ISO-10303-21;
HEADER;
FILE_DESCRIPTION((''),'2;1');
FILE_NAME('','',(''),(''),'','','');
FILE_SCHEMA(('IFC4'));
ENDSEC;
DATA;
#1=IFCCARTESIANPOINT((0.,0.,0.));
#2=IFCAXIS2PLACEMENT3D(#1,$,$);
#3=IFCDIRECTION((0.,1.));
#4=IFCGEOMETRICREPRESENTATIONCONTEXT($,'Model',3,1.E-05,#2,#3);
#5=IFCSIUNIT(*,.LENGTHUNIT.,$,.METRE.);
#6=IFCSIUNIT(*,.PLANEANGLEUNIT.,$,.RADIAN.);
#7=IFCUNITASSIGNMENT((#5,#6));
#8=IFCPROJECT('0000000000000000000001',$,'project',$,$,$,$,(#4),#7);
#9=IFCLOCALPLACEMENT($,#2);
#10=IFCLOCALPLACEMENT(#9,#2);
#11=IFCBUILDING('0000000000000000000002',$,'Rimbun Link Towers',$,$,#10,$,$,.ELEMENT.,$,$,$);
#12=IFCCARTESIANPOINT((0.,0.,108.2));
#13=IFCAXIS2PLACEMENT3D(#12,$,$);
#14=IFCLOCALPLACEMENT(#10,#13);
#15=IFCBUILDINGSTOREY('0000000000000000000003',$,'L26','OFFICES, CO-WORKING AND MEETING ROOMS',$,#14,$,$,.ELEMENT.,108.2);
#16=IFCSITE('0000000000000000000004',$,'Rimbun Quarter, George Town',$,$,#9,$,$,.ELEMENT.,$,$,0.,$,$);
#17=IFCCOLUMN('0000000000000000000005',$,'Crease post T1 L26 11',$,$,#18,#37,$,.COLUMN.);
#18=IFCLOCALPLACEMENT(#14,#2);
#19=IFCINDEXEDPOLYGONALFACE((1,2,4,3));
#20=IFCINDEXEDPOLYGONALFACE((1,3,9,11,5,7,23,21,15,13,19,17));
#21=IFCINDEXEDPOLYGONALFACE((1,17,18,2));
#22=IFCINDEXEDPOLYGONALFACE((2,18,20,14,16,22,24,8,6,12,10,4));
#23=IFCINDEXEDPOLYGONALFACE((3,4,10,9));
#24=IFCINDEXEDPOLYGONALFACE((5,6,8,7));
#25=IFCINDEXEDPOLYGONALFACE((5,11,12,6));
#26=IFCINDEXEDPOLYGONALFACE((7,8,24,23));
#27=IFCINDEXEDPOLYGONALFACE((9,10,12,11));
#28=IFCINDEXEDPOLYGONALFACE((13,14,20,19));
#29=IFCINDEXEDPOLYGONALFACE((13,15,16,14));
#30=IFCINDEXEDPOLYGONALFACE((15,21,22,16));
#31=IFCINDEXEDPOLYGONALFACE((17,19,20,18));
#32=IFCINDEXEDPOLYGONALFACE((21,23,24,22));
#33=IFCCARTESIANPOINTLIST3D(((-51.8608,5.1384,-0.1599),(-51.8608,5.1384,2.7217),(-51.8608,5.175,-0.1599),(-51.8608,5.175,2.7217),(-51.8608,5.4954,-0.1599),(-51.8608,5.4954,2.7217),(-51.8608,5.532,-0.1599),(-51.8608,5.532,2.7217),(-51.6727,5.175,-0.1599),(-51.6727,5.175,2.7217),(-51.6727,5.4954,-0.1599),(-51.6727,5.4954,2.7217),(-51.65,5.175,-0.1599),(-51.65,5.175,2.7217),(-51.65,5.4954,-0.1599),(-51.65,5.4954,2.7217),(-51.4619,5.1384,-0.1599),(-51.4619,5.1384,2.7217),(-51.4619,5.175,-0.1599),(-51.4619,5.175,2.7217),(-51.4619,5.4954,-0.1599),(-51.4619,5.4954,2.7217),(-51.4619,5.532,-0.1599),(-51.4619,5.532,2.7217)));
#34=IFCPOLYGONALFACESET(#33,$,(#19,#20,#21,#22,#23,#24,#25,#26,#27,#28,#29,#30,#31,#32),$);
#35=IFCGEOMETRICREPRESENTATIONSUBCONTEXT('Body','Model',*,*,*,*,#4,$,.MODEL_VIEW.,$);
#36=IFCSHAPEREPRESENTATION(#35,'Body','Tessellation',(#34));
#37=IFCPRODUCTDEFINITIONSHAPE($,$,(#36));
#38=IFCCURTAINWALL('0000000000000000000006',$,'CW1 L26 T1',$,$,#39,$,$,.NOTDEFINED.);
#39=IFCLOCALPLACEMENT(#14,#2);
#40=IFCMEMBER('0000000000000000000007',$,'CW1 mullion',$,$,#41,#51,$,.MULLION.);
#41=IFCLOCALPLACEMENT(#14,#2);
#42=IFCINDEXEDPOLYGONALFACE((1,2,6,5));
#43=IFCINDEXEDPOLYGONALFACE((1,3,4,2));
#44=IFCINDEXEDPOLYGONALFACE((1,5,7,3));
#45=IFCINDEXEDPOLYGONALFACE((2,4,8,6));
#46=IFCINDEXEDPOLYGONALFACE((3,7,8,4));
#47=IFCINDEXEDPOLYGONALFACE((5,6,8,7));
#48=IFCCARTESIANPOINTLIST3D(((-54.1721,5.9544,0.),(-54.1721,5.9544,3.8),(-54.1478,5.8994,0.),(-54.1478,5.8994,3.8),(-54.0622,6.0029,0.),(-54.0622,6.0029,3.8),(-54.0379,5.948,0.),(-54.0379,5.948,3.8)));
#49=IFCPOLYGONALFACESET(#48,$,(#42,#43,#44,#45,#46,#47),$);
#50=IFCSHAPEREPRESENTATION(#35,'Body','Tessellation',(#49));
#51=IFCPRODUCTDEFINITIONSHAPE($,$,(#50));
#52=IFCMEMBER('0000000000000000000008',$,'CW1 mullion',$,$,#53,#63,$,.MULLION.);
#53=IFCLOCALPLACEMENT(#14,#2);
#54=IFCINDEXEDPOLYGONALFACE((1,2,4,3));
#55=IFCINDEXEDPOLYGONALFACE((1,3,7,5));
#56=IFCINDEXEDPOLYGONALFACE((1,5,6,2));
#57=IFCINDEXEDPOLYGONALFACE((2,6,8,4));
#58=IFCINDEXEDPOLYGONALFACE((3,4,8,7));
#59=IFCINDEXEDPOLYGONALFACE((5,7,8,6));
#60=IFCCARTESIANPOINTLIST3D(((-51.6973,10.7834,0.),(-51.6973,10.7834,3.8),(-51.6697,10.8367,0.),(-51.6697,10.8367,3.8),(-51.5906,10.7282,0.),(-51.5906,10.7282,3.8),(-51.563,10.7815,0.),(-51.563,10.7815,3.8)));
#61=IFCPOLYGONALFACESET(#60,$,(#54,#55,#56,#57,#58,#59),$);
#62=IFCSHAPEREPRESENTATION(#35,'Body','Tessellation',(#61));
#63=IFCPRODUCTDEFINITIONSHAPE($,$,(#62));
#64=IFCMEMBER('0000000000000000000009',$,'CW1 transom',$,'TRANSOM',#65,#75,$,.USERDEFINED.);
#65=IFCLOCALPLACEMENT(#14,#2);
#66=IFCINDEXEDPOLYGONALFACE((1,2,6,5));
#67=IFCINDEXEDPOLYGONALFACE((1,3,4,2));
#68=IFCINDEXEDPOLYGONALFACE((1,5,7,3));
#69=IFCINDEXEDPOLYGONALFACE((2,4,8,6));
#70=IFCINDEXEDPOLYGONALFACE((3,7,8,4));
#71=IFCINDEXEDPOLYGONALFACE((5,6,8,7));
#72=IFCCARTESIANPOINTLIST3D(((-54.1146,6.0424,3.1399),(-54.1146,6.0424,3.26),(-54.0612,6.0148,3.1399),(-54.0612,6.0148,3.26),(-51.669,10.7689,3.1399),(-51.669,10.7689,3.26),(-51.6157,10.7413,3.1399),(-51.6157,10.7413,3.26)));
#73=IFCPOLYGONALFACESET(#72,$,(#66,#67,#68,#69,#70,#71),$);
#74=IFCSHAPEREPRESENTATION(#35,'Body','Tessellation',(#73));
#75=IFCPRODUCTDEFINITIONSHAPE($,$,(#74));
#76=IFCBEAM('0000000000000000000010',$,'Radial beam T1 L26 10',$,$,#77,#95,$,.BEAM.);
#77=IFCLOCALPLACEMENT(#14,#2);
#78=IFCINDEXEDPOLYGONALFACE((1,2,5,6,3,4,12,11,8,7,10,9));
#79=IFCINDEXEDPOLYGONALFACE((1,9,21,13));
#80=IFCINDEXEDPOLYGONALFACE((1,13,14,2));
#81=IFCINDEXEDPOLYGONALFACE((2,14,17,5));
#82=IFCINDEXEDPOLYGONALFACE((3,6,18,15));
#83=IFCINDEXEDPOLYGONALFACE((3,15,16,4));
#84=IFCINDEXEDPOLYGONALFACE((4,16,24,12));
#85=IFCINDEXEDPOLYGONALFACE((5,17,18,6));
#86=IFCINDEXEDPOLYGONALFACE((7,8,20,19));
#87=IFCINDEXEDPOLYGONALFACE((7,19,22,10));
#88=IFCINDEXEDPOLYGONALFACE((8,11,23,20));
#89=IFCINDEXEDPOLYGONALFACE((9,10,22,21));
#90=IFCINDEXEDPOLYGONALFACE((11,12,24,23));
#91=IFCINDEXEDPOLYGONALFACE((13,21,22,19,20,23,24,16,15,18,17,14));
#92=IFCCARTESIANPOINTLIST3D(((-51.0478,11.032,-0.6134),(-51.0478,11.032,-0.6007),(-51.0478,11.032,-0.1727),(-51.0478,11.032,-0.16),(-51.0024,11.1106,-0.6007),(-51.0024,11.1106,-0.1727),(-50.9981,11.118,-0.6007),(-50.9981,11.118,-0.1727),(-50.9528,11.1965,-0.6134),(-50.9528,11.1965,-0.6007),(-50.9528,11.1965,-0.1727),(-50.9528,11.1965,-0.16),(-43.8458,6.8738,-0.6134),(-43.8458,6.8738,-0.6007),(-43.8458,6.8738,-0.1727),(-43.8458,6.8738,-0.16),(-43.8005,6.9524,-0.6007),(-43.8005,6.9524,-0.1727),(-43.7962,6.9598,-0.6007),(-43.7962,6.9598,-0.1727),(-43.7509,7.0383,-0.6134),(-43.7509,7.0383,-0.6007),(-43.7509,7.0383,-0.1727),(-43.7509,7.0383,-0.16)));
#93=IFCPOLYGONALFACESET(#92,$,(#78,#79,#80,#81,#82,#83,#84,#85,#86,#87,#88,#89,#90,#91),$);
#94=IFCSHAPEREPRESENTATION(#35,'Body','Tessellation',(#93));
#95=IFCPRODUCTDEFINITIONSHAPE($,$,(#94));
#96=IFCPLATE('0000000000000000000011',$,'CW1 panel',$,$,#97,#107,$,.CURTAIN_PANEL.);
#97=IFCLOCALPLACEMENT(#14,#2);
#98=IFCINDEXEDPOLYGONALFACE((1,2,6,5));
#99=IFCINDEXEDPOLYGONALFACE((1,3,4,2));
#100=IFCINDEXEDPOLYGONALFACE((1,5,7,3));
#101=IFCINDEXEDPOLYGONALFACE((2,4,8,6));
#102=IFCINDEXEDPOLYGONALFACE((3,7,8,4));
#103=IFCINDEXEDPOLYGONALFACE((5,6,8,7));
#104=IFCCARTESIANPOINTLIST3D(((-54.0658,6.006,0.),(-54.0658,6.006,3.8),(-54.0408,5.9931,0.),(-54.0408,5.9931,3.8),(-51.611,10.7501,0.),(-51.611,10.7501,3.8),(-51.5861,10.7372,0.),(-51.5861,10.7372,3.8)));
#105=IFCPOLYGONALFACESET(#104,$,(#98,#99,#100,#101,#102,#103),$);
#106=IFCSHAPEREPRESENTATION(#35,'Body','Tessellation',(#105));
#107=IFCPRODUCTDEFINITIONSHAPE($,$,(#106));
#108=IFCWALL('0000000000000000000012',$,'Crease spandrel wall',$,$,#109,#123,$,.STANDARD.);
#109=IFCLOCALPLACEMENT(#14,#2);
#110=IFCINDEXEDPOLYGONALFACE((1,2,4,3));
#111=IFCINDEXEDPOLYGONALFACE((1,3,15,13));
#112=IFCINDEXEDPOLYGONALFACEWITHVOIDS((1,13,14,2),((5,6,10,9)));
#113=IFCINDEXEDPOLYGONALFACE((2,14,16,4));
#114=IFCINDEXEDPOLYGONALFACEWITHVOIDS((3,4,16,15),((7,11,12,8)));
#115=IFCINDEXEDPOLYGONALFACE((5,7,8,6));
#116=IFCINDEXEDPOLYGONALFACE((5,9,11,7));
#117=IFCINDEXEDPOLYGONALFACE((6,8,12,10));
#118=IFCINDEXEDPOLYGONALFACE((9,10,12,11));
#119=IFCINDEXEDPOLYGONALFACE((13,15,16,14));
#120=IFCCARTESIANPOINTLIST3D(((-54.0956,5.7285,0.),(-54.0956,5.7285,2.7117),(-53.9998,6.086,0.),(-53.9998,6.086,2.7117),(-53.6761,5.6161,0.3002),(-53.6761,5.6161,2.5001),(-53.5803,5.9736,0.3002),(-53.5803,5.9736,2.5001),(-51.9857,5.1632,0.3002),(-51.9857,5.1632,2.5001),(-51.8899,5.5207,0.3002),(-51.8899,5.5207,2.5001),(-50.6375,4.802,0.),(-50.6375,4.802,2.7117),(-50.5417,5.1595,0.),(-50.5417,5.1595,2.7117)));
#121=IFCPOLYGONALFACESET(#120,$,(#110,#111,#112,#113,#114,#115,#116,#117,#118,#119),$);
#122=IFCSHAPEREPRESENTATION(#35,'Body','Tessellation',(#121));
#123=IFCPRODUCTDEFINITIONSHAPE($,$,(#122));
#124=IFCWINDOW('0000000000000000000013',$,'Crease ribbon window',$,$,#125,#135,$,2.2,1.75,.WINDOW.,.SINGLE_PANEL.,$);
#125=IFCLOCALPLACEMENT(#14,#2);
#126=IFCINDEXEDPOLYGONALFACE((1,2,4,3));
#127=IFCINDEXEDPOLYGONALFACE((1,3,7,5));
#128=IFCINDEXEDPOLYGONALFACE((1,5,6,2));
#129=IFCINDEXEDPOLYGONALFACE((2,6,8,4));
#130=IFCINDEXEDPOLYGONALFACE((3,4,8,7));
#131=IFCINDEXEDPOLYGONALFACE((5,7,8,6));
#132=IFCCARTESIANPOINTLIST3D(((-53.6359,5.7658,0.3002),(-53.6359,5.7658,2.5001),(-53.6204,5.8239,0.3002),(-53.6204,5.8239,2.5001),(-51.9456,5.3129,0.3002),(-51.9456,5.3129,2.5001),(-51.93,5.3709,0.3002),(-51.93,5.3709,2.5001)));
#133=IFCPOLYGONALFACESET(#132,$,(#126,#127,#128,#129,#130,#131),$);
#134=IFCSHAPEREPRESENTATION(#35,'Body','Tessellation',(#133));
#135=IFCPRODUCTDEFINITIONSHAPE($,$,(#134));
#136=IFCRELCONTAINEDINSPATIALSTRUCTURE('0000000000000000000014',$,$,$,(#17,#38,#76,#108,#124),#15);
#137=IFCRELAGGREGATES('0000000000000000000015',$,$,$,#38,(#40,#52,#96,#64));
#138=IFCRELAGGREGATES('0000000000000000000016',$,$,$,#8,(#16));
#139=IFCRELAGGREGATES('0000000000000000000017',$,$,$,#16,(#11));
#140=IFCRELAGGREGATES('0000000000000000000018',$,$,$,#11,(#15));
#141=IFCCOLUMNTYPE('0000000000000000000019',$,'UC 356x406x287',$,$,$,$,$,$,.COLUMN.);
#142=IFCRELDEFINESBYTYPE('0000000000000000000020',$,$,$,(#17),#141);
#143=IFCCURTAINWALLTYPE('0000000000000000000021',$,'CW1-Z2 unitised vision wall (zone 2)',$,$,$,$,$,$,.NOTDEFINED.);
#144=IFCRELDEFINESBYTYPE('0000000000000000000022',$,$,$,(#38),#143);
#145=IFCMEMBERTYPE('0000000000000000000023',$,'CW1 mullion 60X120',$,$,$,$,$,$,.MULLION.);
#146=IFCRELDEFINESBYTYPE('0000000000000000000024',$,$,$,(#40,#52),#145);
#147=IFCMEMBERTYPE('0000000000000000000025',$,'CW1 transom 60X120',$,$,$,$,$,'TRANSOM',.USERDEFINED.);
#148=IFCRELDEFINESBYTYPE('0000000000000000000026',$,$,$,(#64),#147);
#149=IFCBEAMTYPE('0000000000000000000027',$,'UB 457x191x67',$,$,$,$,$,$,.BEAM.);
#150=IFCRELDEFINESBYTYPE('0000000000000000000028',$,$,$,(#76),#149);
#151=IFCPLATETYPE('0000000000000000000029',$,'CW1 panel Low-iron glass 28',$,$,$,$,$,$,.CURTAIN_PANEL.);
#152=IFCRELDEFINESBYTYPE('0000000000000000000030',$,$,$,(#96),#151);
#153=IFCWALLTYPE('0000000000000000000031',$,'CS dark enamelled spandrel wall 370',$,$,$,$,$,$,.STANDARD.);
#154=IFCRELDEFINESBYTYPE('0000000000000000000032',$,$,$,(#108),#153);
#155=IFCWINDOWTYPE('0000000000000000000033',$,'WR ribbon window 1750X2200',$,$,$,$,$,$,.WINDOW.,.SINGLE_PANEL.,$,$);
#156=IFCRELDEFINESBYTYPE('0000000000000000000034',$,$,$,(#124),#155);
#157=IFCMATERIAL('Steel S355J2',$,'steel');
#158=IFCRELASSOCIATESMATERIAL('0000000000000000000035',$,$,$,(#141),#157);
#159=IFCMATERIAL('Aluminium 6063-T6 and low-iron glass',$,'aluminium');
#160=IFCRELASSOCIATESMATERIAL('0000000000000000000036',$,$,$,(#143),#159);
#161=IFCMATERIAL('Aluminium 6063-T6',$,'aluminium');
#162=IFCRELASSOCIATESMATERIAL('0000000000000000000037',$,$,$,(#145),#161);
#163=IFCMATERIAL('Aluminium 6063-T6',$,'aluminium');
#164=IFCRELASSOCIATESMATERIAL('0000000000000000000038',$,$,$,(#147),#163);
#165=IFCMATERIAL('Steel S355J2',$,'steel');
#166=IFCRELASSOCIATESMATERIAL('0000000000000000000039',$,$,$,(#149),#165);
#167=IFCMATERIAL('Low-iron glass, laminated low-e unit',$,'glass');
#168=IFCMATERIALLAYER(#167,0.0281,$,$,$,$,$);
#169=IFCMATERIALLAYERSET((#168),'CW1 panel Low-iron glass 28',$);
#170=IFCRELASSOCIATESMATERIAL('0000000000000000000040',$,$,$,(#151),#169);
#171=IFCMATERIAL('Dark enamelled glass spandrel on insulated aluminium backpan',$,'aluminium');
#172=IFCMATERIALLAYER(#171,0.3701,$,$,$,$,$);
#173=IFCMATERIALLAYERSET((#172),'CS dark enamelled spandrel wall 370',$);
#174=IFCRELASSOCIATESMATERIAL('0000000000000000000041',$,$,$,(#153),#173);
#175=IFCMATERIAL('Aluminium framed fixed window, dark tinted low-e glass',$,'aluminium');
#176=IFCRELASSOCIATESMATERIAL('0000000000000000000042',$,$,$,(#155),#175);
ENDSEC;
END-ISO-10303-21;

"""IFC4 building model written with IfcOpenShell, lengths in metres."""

from ifc_helpers import new_model, si_unit, direction, frame, frame_2d, origin, origin_2d, place, context, subcontext, project, spatial, rectangle, i_section, extrude, material, layer, layer_set, material_profile, profile_set, type_object, element, fill, aggregate, save


model = new_model("IFC4")

# Units and contexts
model_context = context("Model", 3, precision=1e-05, world=origin(), true_north=direction((0.0, 1.0)))
body_context = subcontext(model_context, "Body", "Model", "MODEL_VIEW")
ifc_project = project(units=[si_unit("LENGTHUNIT", "METRE"), si_unit("PLANEANGLEUNIT", "RADIAN")], contexts=[model_context])

# Site, building, storey
site_placement = place(None, origin())
site = spatial("IfcSite", under=ifc_project, at=site_placement, Name="Rimbun Quarter, George Town", CompositionType="ELEMENT", RefElevation=0.0)
building_placement = place(site_placement, origin())
building = spatial("IfcBuilding", under=site, at=building_placement, Name="Rimbun Link Towers", CompositionType="ELEMENT")
storey_placement = place(building_placement, frame((0.0, 0.0, 108.2)))
storey = spatial("IfcBuildingStorey", under=building, at=storey_placement, Name="L26", Description="OFFICES, CO-WORKING AND MEETING ROOMS", CompositionType="ELEMENT", Elevation=108.2)

# Column
ifc_material_1 = material(Name="Steel S355J2", Category="steel")
ifc_material_profile_1 = material_profile(ifc_material_1, i_section(OverallWidth=0.3989, OverallDepth=0.3936, WebThickness=0.0227, FlangeThickness=0.0366, at=origin_2d()), Name="UC 356x406x287")
ifc_profile_set_1 = profile_set([ifc_material_profile_1], Name="Steel S355J2")
column_type = type_object("IfcColumnType", Name="UC 356x406x287", PredefinedType="COLUMN", material=ifc_profile_set_1)
column_placement = place(storey_placement, frame((-51.6614, 5.3352, -0.1599), z_axis=(0.0, 0.0, 1.0), x_axis=(1.0, 0.0, 0.0)))
element("IfcColumn", 1, at=column_placement, inside=storey, type_object=column_type, Name="Crease post T1 L26 11", PredefinedType="COLUMN", context=body_context, shape_type="SweptSolid", body=[
    extrude(i_section(OverallWidth=0.3989, OverallDepth=0.3936, WebThickness=0.0227, FlangeThickness=0.0366, at=origin_2d()), origin(), (0.0, 0.0, 1.0), 2.8816),
])

# Curtain wall, members
ifc_material_2 = material(Name="Aluminium 6063-T6 and low-iron glass", Category="aluminium")
curtain_wall_type = type_object("IfcCurtainWallType", Name="CW1-Z2 unitised vision wall (zone 2)", PredefinedType="NOTDEFINED", material=ifc_material_2)
curtain_wall_placement = place(storey_placement, origin())
curtain_wall = element("IfcCurtainWall", 2, at=curtain_wall_placement, inside=storey, type_object=curtain_wall_type, Name="CW1 L26 T1", PredefinedType="NOTDEFINED")
ifc_material_3 = material(Name="Aluminium 6063-T6", Category="aluminium")
ifc_material_profile_2 = material_profile(ifc_material_3, rectangle(XDim=0.1201, YDim=0.0601, at=origin_2d()), Name="MULLION 60X120")
ifc_profile_set_2 = profile_set([ifc_material_profile_2], Name="Aluminium 6063-T6")
member_type_1 = type_object("IfcMemberType", Name="CW1 mullion 60X120", PredefinedType="MULLION", material=ifc_profile_set_2)
member_1_placement = place(storey_placement, frame((-54.105, 5.9512, 0.0), z_axis=(0.0, 0.0, 1.0), x_axis=(-0.914815, -0.403873, 0.0)))
member_1 = element("IfcMember", 3, at=member_1_placement, type_object=member_type_1, Name="CW1 mullion", PredefinedType="MULLION", context=body_context, shape_type="SweptSolid", body=[
    extrude(rectangle(XDim=0.1201, YDim=0.0601, at=origin_2d()), origin(), (0.0, 0.0, 1.0), 3.8),
])
member_2_placement = place(storey_placement, frame((-51.6301, 10.7825, 0.0), z_axis=(0.0, 0.0, 1.0), x_axis=(-0.888149, 0.459555, 0.0)))
member_2 = element("IfcMember", 4, at=member_2_placement, type_object=member_type_1, Name="CW1 mullion", PredefinedType="MULLION", context=body_context, shape_type="SweptSolid", body=[
    extrude(rectangle(XDim=0.1201, YDim=0.0601, at=origin_2d()), origin(), (0.0, 0.0, 1.0), 3.8),
])
ifc_material_4 = material(Name="Aluminium 6063-T6", Category="aluminium")
ifc_material_profile_3 = material_profile(ifc_material_4, rectangle(XDim=0.0601, YDim=0.1201, at=origin_2d()), Name="TRANSOM 60X120")
ifc_profile_set_3 = profile_set([ifc_material_profile_3], Name="Aluminium 6063-T6")
member_type_2 = type_object("IfcMemberType", Name="CW1 transom 60X120", ElementType="TRANSOM", PredefinedType="USERDEFINED", material=ifc_profile_set_3)
member_3_placement = place(storey_placement, frame((-54.0879, 6.0286, 3.2), z_axis=(0.459539, 0.888158, 0.0), x_axis=(-0.888158, 0.459539, 0.0)))
member_3 = element("IfcMember", 5, at=member_3_placement, type_object=member_type_2, Name="CW1 transom", ObjectType="TRANSOM", PredefinedType="USERDEFINED", context=body_context, shape_type="SweptSolid", body=[
    extrude(rectangle(XDim=0.0601, YDim=0.1201, at=origin_2d()), origin(), (0.0, 0.0, 1.0), 5.3218),
])

# Beam
ifc_material_5 = material(Name="Steel S355J2", Category="steel")
ifc_material_profile_4 = material_profile(ifc_material_5, i_section(OverallWidth=0.1899, OverallDepth=0.4534, WebThickness=0.0085, FlangeThickness=0.0127, at=origin_2d()), Name="UB 457x191x67")
ifc_profile_set_4 = profile_set([ifc_material_profile_4], Name="Steel S355J2")
beam_type = type_object("IfcBeamType", Name="UB 457x191x67", PredefinedType="BEAM", material=ifc_profile_set_4)
beam_placement = place(storey_placement, frame((-43.7983, 6.9561, -0.3867), z_axis=(-0.866016, 0.500016, 0.0), x_axis=(-0.500016, -0.866016, 0.0)))
element("IfcBeam", 6, at=beam_placement, inside=storey, type_object=beam_type, Name="Radial beam T1 L26 10", PredefinedType="BEAM", context=body_context, shape_type="SweptSolid", body=[
    extrude(i_section(OverallWidth=0.1899, OverallDepth=0.4534, WebThickness=0.0085, FlangeThickness=0.0127, at=origin_2d()), origin(), (0.0, 0.0, 1.0), 8.3162),
])

# Plate
ifc_material_6 = material(Name="Low-iron glass, laminated low-e unit", Category="glass")
ifc_layer_1 = layer(ifc_material_6, 0.0281)
ifc_layer_set_1 = layer_set([ifc_layer_1], Name="CW1 panel Low-iron glass 28")
plate_type = type_object("IfcPlateType", Name="CW1 panel Low-iron glass 28", PredefinedType="CURTAIN_PANEL", material=ifc_layer_set_1)
plate_placement = place(storey_placement, frame((-52.8259, 8.3716, 0.0), z_axis=(0.0, 0.0, 1.0), x_axis=(0.459555, 0.888149, 0.0)))
plate = element("IfcPlate", 7, at=plate_placement, type_object=plate_type, Name="CW1 panel", PredefinedType="CURTAIN_PANEL", context=body_context, shape_type="SweptSolid", body=[
    extrude(rectangle(XDim=5.3416, YDim=0.0281, at=origin_2d()), origin(), (0.0, 0.0, 1.0), 3.8),
])
aggregate(curtain_wall, [member_1, member_2, plate, member_3])

# Wall, opening, window
ifc_material_7 = material(Name="Dark enamelled glass spandrel on insulated aluminium backpan", Category="aluminium")
ifc_layer_2 = layer(ifc_material_7, 0.3701)
ifc_layer_set_2 = layer_set([ifc_layer_2], Name="CS dark enamelled spandrel wall 370")
wall_type_1 = type_object("IfcWallType", Name="CS dark enamelled spandrel wall 370", PredefinedType="STANDARD", material=ifc_layer_set_2)
wall_1_placement = place(storey_placement, frame((-50.5896, 4.9807, 0.0), z_axis=(0.0, 0.0, 1.0), x_axis=(-0.96593, 0.258804, 0.0)))
wall_1 = element("IfcWall", 8, at=wall_1_placement, inside=storey, type_object=wall_type_1, Name="Crease spandrel wall", PredefinedType="STANDARD", context=body_context, shape_type="SweptSolid", body=[
    extrude(rectangle(XDim=3.5801, YDim=0.3701, at=frame_2d((1.79, 0.0))), origin(), (0.0, 0.0, 1.0), 2.7117),
])
opening_1_placement = place(wall_1_placement, frame((1.3958, 0.0, 0.3)))
opening_1 = element("IfcOpeningElement", 9, at=opening_1_placement, cuts=wall_1, PredefinedType="OPENING", context=body_context, shape_type="SweptSolid", body=[
    extrude(rectangle(XDim=1.75, YDim=2.2, at=frame_2d((0.875, 1.1001))), frame((0.0, 0.1951, 0.0), z_axis=(0.0, -1.0, 0.0), x_axis=(1.0, 0.0, 0.0)), (0.0, 0.0, 1.0), 0.3901),
])
ifc_material_8 = material(Name="Aluminium framed fixed window, dark tinted low-e glass", Category="aluminium")
window_type = type_object("IfcWindowType", Name="WR ribbon window 1750X2200", PartitioningType="SINGLE_PANEL", PredefinedType="WINDOW", material=ifc_material_8)
window_placement = place(opening_1_placement, origin())
window = element("IfcWindow", 10, at=window_placement, inside=storey, type_object=window_type, Name="Crease ribbon window", OverallHeight=2.2, OverallWidth=1.75, PartitioningType="SINGLE_PANEL", PredefinedType="WINDOW", context=body_context, shape_type="SweptSolid", body=[
    extrude(rectangle(XDim=1.75, YDim=2.2, at=frame_2d((0.875, 1.1001))), frame((0.0, 0.03, 0.0), z_axis=(0.0, -1.0, 0.0), x_axis=(1.0, 0.0, 0.0)), (0.0, 0.0, 1.0), 0.0601),
])
fill(opening_1, window)

save(model, "model.ifc")
